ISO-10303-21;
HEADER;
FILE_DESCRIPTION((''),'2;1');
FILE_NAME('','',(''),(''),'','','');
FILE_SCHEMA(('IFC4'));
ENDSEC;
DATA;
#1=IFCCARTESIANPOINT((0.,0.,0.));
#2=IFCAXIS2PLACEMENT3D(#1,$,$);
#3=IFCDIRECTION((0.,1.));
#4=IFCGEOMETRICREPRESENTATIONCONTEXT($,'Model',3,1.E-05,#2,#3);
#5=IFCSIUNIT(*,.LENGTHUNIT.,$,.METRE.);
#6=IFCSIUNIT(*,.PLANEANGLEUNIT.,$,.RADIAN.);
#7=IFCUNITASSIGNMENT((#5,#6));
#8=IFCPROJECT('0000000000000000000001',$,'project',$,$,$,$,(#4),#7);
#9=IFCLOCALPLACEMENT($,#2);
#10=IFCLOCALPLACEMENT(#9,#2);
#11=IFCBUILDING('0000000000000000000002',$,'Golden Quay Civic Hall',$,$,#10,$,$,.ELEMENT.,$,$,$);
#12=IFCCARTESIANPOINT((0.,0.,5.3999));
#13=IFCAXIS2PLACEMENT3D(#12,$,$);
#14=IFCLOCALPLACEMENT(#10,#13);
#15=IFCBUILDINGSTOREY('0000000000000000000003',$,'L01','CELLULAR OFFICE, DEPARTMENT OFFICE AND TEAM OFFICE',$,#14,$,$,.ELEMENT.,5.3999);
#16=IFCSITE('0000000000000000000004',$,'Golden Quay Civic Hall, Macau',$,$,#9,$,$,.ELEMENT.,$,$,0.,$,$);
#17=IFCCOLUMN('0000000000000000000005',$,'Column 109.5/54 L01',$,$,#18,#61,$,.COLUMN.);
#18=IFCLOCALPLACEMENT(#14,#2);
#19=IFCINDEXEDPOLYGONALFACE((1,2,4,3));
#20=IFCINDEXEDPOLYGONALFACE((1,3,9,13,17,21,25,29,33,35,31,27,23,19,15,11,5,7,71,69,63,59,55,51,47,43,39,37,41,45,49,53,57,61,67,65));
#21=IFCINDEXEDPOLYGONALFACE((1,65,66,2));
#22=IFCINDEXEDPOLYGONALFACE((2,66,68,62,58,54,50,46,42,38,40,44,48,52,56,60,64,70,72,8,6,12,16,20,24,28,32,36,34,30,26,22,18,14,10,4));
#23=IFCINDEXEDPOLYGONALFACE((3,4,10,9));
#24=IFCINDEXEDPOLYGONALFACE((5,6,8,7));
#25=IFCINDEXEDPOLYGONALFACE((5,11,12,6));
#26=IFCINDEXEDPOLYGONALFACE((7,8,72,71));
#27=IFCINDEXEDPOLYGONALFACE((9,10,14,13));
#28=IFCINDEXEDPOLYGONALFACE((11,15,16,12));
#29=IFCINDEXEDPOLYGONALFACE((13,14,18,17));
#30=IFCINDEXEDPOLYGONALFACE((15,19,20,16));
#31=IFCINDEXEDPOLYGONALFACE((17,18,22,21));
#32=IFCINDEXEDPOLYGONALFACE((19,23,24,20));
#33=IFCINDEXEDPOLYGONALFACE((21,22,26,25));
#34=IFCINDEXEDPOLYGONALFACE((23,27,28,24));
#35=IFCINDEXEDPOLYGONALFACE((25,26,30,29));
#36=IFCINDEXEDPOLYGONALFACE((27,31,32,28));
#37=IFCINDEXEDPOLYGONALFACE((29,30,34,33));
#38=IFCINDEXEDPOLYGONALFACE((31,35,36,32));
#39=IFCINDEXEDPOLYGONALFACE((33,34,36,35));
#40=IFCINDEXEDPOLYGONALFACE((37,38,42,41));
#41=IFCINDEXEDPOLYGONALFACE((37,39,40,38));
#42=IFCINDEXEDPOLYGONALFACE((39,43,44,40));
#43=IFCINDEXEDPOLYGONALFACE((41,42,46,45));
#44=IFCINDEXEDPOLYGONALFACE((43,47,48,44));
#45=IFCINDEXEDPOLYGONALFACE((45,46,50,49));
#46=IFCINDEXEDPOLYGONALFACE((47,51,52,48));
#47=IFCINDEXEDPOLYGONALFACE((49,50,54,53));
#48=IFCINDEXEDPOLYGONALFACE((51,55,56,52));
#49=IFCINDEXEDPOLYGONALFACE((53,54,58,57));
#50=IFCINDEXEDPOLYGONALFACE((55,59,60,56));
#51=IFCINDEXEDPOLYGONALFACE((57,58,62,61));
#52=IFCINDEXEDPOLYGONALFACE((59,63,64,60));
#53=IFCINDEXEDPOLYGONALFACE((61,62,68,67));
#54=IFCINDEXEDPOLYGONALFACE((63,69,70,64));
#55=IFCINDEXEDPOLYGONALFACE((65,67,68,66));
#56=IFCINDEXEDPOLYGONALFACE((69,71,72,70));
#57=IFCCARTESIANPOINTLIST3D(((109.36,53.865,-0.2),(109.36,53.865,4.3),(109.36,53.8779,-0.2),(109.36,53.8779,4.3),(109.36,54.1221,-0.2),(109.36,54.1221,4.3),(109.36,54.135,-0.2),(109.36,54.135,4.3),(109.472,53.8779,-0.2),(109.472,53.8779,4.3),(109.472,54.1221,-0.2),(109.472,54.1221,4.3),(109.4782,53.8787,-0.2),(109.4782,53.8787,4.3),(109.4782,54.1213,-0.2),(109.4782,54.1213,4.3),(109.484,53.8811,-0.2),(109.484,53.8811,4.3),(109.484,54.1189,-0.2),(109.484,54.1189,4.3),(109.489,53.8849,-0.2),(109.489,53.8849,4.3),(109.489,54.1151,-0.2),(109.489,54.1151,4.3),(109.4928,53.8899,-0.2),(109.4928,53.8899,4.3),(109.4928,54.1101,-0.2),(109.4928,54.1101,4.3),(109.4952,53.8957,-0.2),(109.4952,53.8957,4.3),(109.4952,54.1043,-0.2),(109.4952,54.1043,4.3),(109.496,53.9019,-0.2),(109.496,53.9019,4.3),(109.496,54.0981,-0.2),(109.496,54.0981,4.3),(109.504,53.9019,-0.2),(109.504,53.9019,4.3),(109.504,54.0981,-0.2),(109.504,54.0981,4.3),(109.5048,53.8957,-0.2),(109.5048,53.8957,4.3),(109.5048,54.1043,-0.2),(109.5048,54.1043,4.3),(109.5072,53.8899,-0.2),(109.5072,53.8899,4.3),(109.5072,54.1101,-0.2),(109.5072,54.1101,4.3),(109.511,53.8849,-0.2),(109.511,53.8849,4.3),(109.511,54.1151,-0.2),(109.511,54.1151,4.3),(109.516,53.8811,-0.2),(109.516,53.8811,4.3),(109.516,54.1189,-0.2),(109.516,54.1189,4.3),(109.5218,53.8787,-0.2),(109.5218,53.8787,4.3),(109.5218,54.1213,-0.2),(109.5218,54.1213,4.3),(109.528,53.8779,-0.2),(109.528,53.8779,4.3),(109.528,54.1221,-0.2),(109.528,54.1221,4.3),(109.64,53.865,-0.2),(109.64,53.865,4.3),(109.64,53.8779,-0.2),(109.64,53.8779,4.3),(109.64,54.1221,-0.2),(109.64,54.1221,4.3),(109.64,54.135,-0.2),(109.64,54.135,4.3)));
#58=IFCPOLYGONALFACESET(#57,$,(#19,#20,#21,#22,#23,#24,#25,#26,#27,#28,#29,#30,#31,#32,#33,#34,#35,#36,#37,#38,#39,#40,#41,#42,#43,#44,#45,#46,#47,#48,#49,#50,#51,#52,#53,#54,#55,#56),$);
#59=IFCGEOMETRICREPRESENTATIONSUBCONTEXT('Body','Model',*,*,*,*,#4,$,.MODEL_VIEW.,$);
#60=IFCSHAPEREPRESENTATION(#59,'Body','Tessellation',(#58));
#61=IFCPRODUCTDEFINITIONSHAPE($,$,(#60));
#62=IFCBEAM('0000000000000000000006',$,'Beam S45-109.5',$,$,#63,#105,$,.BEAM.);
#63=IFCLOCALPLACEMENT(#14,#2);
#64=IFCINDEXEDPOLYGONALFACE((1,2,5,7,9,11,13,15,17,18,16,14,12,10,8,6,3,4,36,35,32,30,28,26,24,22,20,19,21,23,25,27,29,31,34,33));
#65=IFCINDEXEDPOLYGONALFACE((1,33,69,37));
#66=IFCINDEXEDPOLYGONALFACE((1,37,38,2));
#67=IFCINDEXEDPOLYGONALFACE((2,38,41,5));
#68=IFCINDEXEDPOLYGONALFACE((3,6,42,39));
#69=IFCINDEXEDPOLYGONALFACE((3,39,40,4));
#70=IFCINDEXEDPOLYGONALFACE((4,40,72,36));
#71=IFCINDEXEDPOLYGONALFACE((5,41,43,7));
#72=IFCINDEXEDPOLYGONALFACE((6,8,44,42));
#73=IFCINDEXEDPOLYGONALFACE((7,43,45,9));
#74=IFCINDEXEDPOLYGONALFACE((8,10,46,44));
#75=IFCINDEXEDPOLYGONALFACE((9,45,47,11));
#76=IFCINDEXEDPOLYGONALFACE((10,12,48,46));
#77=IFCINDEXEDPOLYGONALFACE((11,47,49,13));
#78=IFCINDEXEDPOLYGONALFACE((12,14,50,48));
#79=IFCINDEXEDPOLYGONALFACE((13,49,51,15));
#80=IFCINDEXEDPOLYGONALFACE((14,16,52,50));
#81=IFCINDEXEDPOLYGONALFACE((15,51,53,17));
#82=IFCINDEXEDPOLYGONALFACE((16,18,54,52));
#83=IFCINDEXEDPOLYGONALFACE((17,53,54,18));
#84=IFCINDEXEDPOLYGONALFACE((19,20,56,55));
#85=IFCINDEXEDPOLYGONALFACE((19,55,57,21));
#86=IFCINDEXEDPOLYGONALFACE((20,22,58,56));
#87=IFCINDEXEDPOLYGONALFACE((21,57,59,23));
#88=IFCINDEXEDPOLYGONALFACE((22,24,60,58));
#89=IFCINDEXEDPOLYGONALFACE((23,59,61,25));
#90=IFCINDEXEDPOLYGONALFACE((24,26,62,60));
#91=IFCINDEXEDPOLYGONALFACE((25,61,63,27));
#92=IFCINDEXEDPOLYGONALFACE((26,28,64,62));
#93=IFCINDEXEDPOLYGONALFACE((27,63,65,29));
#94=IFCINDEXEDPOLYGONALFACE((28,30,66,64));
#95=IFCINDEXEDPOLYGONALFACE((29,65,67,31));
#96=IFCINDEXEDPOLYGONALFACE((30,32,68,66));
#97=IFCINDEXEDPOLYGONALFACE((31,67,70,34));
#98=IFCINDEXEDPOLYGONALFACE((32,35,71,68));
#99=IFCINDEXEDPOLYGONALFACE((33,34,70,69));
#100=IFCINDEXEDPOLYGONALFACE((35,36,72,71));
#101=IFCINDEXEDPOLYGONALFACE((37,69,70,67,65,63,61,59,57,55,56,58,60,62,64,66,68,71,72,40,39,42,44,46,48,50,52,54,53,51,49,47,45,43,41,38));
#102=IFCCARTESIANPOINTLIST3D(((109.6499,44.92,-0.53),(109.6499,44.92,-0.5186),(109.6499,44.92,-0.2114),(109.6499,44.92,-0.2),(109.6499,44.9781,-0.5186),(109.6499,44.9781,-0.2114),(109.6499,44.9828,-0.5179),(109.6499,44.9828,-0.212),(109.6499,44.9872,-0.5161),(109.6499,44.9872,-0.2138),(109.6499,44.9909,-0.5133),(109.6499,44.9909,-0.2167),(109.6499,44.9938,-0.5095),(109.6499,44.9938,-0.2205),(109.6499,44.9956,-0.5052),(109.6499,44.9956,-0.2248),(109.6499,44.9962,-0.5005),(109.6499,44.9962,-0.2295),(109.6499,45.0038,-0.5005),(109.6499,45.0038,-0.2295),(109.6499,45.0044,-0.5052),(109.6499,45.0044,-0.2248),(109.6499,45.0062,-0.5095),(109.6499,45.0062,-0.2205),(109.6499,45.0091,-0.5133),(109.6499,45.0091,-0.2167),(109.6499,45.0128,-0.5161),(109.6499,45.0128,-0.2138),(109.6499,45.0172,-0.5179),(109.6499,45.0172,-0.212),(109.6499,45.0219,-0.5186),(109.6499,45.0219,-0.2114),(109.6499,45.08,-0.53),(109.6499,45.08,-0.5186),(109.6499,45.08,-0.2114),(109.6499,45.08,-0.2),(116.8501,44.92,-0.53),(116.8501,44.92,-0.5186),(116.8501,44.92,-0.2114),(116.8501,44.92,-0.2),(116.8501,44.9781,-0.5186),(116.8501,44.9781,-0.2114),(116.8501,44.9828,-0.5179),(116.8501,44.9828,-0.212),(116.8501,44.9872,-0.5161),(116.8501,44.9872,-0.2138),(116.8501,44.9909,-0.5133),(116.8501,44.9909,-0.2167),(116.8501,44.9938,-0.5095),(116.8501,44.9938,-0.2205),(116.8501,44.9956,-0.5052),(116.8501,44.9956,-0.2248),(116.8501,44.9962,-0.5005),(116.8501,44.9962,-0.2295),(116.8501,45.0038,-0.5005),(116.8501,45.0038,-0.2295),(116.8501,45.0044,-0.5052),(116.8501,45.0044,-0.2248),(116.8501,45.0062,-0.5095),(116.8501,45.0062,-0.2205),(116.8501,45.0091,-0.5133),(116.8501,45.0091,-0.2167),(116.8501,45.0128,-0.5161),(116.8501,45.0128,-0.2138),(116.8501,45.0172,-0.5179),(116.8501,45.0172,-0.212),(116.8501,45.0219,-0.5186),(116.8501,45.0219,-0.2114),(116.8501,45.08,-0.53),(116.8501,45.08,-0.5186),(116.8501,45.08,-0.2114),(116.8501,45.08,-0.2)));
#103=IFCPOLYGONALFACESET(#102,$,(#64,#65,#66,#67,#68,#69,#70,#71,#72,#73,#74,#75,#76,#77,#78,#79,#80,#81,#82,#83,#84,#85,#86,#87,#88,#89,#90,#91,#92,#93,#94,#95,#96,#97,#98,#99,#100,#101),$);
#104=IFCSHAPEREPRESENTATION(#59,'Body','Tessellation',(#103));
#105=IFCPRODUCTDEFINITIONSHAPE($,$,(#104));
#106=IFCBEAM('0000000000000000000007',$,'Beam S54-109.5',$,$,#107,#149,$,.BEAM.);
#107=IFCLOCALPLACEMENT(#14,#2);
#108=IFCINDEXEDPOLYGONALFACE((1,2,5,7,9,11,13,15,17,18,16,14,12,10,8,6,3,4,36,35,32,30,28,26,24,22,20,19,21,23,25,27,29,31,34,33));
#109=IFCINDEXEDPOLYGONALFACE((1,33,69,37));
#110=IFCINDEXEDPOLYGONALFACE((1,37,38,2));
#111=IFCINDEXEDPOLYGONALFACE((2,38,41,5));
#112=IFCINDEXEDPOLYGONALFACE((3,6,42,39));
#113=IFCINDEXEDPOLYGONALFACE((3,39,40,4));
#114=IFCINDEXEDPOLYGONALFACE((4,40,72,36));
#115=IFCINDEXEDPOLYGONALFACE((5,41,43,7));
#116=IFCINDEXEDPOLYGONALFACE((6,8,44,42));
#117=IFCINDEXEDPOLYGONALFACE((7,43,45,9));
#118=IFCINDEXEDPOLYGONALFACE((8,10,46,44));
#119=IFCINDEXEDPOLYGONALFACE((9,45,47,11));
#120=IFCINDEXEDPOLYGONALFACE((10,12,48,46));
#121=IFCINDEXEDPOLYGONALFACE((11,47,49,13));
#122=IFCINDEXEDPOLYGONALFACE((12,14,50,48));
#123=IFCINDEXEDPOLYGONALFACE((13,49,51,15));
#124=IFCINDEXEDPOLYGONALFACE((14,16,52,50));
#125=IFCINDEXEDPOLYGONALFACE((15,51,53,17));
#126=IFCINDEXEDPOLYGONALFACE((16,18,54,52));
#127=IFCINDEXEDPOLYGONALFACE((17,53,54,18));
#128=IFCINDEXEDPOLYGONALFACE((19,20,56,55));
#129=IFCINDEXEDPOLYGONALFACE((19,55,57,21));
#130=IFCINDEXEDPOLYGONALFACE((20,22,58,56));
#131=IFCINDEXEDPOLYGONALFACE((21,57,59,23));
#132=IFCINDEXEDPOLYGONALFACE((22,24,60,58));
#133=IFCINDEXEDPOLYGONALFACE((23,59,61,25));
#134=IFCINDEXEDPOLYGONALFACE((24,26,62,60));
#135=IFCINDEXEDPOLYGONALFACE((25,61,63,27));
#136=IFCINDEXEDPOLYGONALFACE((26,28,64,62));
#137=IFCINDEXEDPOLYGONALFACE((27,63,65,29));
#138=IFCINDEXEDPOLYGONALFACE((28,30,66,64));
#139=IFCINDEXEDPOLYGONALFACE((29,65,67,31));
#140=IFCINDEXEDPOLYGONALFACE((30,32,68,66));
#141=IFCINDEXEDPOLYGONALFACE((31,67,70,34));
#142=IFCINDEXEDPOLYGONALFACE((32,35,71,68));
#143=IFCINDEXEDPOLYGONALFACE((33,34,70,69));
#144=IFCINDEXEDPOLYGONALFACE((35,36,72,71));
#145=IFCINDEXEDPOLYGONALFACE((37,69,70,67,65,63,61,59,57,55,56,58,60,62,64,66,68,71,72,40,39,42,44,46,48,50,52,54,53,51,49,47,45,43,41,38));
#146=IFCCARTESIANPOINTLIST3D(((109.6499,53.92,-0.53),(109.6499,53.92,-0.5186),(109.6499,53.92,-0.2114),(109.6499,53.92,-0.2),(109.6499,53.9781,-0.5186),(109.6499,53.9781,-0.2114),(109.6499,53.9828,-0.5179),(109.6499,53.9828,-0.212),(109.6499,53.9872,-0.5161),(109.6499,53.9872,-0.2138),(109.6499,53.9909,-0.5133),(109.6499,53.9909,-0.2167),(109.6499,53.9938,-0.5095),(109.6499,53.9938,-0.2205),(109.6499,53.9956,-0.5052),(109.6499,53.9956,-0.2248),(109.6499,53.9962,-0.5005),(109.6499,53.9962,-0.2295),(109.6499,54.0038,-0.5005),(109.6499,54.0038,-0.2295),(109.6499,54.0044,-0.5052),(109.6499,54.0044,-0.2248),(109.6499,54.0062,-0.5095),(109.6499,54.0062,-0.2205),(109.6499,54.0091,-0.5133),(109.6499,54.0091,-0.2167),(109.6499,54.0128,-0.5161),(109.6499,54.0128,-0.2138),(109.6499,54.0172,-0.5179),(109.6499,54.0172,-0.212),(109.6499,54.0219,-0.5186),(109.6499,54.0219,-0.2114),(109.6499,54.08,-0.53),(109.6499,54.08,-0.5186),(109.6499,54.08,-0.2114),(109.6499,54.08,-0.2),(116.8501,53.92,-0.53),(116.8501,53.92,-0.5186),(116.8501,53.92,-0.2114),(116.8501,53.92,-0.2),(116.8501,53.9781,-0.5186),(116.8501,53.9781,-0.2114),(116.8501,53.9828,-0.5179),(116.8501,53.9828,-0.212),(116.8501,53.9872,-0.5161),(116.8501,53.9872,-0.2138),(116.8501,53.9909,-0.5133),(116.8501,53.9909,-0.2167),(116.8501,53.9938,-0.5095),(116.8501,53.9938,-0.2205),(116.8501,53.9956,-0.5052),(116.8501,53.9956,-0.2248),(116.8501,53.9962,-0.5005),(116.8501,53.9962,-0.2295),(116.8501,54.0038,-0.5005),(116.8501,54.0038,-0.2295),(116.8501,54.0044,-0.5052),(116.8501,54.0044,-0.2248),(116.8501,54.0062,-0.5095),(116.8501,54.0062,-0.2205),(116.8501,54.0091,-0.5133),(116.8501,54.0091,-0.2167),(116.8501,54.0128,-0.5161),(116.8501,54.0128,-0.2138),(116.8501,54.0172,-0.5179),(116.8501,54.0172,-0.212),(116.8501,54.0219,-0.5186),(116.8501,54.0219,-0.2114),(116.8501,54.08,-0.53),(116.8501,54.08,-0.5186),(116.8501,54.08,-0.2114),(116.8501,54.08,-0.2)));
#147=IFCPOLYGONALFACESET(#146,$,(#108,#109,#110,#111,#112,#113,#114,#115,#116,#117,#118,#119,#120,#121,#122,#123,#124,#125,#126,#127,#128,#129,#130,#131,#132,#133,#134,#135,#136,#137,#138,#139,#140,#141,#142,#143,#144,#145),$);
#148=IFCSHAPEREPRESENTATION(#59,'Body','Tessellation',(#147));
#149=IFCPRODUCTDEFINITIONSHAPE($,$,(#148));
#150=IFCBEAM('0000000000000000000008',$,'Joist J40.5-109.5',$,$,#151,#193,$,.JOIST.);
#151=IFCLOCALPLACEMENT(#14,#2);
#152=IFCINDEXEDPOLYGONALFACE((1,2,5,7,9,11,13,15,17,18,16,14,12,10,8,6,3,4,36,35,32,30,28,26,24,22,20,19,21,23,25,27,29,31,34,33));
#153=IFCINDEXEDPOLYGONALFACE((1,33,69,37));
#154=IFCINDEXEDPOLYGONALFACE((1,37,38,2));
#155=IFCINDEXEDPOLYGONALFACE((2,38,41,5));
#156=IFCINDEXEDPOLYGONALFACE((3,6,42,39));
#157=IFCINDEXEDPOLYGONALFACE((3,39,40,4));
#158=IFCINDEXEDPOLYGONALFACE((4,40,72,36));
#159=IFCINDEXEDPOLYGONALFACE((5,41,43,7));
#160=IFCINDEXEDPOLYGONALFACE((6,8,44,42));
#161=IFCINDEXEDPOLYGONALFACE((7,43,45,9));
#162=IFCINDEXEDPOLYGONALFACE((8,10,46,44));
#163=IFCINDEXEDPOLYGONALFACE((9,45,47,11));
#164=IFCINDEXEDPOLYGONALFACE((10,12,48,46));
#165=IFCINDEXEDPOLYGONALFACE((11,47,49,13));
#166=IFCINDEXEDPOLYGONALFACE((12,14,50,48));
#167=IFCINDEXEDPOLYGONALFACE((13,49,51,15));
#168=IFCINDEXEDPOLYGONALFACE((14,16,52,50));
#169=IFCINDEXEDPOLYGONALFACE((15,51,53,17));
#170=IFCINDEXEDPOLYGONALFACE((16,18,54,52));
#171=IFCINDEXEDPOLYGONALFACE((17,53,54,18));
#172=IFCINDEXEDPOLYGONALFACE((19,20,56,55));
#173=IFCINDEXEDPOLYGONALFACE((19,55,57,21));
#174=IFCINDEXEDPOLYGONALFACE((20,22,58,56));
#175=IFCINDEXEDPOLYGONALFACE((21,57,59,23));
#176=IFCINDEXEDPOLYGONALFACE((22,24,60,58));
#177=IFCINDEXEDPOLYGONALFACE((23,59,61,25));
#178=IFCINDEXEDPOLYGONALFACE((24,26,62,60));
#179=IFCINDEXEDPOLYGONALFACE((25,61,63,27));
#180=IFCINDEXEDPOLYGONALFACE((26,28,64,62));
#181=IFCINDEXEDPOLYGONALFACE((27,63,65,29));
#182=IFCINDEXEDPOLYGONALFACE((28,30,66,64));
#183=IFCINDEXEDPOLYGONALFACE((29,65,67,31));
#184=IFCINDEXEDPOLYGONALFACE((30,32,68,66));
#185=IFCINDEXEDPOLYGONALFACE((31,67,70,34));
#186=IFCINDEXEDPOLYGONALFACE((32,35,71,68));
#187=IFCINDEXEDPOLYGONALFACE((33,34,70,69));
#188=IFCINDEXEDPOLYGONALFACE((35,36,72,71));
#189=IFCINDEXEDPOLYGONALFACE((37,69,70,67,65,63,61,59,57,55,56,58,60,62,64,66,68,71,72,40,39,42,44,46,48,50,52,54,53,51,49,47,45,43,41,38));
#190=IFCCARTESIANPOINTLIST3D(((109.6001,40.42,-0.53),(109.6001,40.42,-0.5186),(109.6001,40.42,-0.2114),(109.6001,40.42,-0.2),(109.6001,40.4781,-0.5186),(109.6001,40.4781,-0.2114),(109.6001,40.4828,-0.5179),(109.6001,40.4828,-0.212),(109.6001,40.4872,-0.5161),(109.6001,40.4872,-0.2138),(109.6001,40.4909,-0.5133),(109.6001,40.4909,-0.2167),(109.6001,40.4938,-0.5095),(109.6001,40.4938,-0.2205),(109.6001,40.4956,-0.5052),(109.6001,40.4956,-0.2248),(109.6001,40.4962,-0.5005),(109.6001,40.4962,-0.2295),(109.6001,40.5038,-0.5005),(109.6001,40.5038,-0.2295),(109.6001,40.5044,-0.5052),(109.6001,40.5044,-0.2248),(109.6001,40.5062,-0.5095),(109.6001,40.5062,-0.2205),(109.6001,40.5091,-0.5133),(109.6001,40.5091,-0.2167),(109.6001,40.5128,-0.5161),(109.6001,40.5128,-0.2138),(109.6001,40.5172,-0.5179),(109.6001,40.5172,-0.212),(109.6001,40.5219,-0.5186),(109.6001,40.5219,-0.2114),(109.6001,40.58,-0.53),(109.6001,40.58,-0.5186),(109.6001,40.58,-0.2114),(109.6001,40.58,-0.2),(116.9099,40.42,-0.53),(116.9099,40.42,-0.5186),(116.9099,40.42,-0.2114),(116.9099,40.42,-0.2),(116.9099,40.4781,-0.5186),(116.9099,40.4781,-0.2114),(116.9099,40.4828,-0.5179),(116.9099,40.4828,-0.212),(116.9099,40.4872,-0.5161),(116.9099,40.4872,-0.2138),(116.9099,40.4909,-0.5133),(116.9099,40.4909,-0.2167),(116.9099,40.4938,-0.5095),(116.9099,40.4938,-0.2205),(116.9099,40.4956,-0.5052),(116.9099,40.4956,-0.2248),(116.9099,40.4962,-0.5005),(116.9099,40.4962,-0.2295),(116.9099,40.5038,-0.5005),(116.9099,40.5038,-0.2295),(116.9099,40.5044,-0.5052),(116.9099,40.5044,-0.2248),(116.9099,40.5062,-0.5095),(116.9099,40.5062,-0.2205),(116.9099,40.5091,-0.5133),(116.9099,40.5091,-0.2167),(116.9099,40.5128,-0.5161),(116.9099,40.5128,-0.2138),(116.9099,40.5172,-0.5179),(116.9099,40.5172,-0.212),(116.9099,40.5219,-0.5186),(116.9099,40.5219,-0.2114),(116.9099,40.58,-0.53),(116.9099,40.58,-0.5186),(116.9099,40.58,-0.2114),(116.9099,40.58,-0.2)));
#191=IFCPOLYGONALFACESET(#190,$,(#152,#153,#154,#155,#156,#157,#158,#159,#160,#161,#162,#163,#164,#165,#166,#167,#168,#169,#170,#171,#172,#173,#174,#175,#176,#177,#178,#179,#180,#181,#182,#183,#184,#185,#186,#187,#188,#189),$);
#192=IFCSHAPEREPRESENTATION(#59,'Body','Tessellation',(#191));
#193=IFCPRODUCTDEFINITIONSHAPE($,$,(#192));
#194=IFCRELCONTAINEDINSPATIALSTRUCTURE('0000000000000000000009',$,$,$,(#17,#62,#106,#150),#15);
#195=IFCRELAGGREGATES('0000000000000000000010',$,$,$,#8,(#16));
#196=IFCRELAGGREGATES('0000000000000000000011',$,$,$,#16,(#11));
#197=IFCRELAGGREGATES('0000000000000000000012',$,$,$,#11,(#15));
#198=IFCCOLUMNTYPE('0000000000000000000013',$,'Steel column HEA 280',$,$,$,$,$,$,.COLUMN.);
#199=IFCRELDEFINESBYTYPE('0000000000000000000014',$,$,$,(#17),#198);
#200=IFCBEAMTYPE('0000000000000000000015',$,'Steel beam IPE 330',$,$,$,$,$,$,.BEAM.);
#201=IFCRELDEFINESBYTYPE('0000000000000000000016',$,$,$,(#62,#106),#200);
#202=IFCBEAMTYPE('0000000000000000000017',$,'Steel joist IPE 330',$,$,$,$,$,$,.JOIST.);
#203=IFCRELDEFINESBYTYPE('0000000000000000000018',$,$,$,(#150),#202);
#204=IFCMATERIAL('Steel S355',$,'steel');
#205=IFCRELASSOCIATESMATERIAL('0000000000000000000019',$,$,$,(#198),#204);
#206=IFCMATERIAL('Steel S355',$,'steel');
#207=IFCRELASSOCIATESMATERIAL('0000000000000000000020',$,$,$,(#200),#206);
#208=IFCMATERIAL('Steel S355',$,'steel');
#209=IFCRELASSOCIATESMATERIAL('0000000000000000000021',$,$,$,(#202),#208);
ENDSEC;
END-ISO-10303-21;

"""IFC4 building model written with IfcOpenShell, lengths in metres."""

from ifc_helpers import new_model, si_unit, direction, frame, origin, origin_2d, place, context, subcontext, project, spatial, i_section, extrude, material, material_profile, profile_set, type_object, element, save


model = new_model("IFC4")

# Units and contexts
model_context = context("Model", 3, precision=1e-05, world=origin(), true_north=direction((0.0, 1.0)))
body_context = subcontext(model_context, "Body", "Model", "MODEL_VIEW")
ifc_project = project(units=[si_unit("LENGTHUNIT", "METRE"), si_unit("PLANEANGLEUNIT", "RADIAN")], contexts=[model_context])

# Site, building, storey
site_placement = place(None, origin())
site = spatial("IfcSite", under=ifc_project, at=site_placement, Name="Golden Quay Civic Hall, Macau", CompositionType="ELEMENT", RefElevation=0.0)
building_placement = place(site_placement, origin())
building = spatial("IfcBuilding", under=site, at=building_placement, Name="Golden Quay Civic Hall", CompositionType="ELEMENT")
storey_placement = place(building_placement, frame((0.0, 0.0, 5.3999)))
storey = spatial("IfcBuildingStorey", under=building, at=storey_placement, Name="L01", Description="CELLULAR OFFICE, DEPARTMENT OFFICE AND TEAM OFFICE", CompositionType="ELEMENT", Elevation=5.3999)

# Column
ifc_material_1 = material(Name="Steel S355", Category="steel")
ifc_material_profile_1 = material_profile(ifc_material_1, i_section(OverallWidth=0.28, OverallDepth=0.27, WebThickness=0.0081, FlangeThickness=0.0129, FilletRadius=0.0239, at=origin_2d()), Name="HEA 280")
ifc_profile_set_1 = profile_set([ifc_material_profile_1], Name="Steel S355")
column_type = type_object("IfcColumnType", Name="Steel column HEA 280", PredefinedType="COLUMN", material=ifc_profile_set_1)
column_placement = place(storey_placement, frame((109.5, 54.0, -0.2), z_axis=(0.0, 0.0, 1.0), x_axis=(1.0, 0.0, 0.0)))
element("IfcColumn", 1, at=column_placement, inside=storey, type_object=column_type, Name="Column 109.5/54 L01", PredefinedType="COLUMN", context=body_context, shape_type="SweptSolid", body=[
    extrude(i_section(OverallWidth=0.28, OverallDepth=0.27, WebThickness=0.0081, FlangeThickness=0.0129, FilletRadius=0.0239, at=origin_2d()), origin(), (0.0, 0.0, 1.0), 4.5),
])

# Beams
ifc_material_2 = material(Name="Steel S355", Category="steel")
ifc_material_profile_2 = material_profile(ifc_material_2, i_section(OverallWidth=0.1599, OverallDepth=0.3301, WebThickness=0.0076, FlangeThickness=0.0115, FilletRadius=0.0181, at=origin_2d()), Name="IPE 330")
ifc_profile_set_2 = profile_set([ifc_material_profile_2], Name="Steel S355")
beam_type_1 = type_object("IfcBeamType", Name="Steel beam IPE 330", PredefinedType="BEAM", material=ifc_profile_set_2)
for number, where, z_axis, x_axis, name in (
    (2, (109.6499, 45.0, -0.365), (1.0, 0.0, 0.0), (0.0, 1.0, 0.0), "Beam S45-109.5"),
    (3, (109.6499, 54.0, -0.365), (1.0, 0.0, 0.0), (0.0, 1.0, 0.0), "Beam S54-109.5"),
):
    element("IfcBeam", number, at=place(storey_placement, frame(where, z_axis=z_axis, x_axis=x_axis)), inside=storey, type_object=beam_type_1, Name=name, PredefinedType="BEAM", context=body_context, shape_type="SweptSolid", body=[
        extrude(i_section(OverallWidth=0.1599, OverallDepth=0.3301, WebThickness=0.0076, FlangeThickness=0.0115, FilletRadius=0.0181, at=origin_2d()), origin(), (0.0, 0.0, 1.0), 7.2002),
    ])
ifc_material_3 = material(Name="Steel S355", Category="steel")
ifc_material_profile_3 = material_profile(ifc_material_3, i_section(OverallWidth=0.1599, OverallDepth=0.3301, WebThickness=0.0076, FlangeThickness=0.0115, FilletRadius=0.0181, at=origin_2d()), Name="IPE 330")
ifc_profile_set_3 = profile_set([ifc_material_profile_3], Name="Steel S355")
beam_type_2 = type_object("IfcBeamType", Name="Steel joist IPE 330", PredefinedType="JOIST", material=ifc_profile_set_3)
for number, where, z_axis, x_axis, name in (
    (4, (109.6001, 40.5, -0.365), (1.0, 0.0, 0.0), (0.0, 1.0, 0.0), "Joist J40.5-109.5"),
):
    element("IfcBeam", number, at=place(storey_placement, frame(where, z_axis=z_axis, x_axis=x_axis)), inside=storey, type_object=beam_type_2, Name=name, PredefinedType="JOIST", context=body_context, shape_type="SweptSolid", body=[
        extrude(i_section(OverallWidth=0.1599, OverallDepth=0.3301, WebThickness=0.0076, FlangeThickness=0.0115, FilletRadius=0.0181, at=origin_2d()), origin(), (0.0, 0.0, 1.0), 7.3098),
    ])

save(model, "model.ifc")
